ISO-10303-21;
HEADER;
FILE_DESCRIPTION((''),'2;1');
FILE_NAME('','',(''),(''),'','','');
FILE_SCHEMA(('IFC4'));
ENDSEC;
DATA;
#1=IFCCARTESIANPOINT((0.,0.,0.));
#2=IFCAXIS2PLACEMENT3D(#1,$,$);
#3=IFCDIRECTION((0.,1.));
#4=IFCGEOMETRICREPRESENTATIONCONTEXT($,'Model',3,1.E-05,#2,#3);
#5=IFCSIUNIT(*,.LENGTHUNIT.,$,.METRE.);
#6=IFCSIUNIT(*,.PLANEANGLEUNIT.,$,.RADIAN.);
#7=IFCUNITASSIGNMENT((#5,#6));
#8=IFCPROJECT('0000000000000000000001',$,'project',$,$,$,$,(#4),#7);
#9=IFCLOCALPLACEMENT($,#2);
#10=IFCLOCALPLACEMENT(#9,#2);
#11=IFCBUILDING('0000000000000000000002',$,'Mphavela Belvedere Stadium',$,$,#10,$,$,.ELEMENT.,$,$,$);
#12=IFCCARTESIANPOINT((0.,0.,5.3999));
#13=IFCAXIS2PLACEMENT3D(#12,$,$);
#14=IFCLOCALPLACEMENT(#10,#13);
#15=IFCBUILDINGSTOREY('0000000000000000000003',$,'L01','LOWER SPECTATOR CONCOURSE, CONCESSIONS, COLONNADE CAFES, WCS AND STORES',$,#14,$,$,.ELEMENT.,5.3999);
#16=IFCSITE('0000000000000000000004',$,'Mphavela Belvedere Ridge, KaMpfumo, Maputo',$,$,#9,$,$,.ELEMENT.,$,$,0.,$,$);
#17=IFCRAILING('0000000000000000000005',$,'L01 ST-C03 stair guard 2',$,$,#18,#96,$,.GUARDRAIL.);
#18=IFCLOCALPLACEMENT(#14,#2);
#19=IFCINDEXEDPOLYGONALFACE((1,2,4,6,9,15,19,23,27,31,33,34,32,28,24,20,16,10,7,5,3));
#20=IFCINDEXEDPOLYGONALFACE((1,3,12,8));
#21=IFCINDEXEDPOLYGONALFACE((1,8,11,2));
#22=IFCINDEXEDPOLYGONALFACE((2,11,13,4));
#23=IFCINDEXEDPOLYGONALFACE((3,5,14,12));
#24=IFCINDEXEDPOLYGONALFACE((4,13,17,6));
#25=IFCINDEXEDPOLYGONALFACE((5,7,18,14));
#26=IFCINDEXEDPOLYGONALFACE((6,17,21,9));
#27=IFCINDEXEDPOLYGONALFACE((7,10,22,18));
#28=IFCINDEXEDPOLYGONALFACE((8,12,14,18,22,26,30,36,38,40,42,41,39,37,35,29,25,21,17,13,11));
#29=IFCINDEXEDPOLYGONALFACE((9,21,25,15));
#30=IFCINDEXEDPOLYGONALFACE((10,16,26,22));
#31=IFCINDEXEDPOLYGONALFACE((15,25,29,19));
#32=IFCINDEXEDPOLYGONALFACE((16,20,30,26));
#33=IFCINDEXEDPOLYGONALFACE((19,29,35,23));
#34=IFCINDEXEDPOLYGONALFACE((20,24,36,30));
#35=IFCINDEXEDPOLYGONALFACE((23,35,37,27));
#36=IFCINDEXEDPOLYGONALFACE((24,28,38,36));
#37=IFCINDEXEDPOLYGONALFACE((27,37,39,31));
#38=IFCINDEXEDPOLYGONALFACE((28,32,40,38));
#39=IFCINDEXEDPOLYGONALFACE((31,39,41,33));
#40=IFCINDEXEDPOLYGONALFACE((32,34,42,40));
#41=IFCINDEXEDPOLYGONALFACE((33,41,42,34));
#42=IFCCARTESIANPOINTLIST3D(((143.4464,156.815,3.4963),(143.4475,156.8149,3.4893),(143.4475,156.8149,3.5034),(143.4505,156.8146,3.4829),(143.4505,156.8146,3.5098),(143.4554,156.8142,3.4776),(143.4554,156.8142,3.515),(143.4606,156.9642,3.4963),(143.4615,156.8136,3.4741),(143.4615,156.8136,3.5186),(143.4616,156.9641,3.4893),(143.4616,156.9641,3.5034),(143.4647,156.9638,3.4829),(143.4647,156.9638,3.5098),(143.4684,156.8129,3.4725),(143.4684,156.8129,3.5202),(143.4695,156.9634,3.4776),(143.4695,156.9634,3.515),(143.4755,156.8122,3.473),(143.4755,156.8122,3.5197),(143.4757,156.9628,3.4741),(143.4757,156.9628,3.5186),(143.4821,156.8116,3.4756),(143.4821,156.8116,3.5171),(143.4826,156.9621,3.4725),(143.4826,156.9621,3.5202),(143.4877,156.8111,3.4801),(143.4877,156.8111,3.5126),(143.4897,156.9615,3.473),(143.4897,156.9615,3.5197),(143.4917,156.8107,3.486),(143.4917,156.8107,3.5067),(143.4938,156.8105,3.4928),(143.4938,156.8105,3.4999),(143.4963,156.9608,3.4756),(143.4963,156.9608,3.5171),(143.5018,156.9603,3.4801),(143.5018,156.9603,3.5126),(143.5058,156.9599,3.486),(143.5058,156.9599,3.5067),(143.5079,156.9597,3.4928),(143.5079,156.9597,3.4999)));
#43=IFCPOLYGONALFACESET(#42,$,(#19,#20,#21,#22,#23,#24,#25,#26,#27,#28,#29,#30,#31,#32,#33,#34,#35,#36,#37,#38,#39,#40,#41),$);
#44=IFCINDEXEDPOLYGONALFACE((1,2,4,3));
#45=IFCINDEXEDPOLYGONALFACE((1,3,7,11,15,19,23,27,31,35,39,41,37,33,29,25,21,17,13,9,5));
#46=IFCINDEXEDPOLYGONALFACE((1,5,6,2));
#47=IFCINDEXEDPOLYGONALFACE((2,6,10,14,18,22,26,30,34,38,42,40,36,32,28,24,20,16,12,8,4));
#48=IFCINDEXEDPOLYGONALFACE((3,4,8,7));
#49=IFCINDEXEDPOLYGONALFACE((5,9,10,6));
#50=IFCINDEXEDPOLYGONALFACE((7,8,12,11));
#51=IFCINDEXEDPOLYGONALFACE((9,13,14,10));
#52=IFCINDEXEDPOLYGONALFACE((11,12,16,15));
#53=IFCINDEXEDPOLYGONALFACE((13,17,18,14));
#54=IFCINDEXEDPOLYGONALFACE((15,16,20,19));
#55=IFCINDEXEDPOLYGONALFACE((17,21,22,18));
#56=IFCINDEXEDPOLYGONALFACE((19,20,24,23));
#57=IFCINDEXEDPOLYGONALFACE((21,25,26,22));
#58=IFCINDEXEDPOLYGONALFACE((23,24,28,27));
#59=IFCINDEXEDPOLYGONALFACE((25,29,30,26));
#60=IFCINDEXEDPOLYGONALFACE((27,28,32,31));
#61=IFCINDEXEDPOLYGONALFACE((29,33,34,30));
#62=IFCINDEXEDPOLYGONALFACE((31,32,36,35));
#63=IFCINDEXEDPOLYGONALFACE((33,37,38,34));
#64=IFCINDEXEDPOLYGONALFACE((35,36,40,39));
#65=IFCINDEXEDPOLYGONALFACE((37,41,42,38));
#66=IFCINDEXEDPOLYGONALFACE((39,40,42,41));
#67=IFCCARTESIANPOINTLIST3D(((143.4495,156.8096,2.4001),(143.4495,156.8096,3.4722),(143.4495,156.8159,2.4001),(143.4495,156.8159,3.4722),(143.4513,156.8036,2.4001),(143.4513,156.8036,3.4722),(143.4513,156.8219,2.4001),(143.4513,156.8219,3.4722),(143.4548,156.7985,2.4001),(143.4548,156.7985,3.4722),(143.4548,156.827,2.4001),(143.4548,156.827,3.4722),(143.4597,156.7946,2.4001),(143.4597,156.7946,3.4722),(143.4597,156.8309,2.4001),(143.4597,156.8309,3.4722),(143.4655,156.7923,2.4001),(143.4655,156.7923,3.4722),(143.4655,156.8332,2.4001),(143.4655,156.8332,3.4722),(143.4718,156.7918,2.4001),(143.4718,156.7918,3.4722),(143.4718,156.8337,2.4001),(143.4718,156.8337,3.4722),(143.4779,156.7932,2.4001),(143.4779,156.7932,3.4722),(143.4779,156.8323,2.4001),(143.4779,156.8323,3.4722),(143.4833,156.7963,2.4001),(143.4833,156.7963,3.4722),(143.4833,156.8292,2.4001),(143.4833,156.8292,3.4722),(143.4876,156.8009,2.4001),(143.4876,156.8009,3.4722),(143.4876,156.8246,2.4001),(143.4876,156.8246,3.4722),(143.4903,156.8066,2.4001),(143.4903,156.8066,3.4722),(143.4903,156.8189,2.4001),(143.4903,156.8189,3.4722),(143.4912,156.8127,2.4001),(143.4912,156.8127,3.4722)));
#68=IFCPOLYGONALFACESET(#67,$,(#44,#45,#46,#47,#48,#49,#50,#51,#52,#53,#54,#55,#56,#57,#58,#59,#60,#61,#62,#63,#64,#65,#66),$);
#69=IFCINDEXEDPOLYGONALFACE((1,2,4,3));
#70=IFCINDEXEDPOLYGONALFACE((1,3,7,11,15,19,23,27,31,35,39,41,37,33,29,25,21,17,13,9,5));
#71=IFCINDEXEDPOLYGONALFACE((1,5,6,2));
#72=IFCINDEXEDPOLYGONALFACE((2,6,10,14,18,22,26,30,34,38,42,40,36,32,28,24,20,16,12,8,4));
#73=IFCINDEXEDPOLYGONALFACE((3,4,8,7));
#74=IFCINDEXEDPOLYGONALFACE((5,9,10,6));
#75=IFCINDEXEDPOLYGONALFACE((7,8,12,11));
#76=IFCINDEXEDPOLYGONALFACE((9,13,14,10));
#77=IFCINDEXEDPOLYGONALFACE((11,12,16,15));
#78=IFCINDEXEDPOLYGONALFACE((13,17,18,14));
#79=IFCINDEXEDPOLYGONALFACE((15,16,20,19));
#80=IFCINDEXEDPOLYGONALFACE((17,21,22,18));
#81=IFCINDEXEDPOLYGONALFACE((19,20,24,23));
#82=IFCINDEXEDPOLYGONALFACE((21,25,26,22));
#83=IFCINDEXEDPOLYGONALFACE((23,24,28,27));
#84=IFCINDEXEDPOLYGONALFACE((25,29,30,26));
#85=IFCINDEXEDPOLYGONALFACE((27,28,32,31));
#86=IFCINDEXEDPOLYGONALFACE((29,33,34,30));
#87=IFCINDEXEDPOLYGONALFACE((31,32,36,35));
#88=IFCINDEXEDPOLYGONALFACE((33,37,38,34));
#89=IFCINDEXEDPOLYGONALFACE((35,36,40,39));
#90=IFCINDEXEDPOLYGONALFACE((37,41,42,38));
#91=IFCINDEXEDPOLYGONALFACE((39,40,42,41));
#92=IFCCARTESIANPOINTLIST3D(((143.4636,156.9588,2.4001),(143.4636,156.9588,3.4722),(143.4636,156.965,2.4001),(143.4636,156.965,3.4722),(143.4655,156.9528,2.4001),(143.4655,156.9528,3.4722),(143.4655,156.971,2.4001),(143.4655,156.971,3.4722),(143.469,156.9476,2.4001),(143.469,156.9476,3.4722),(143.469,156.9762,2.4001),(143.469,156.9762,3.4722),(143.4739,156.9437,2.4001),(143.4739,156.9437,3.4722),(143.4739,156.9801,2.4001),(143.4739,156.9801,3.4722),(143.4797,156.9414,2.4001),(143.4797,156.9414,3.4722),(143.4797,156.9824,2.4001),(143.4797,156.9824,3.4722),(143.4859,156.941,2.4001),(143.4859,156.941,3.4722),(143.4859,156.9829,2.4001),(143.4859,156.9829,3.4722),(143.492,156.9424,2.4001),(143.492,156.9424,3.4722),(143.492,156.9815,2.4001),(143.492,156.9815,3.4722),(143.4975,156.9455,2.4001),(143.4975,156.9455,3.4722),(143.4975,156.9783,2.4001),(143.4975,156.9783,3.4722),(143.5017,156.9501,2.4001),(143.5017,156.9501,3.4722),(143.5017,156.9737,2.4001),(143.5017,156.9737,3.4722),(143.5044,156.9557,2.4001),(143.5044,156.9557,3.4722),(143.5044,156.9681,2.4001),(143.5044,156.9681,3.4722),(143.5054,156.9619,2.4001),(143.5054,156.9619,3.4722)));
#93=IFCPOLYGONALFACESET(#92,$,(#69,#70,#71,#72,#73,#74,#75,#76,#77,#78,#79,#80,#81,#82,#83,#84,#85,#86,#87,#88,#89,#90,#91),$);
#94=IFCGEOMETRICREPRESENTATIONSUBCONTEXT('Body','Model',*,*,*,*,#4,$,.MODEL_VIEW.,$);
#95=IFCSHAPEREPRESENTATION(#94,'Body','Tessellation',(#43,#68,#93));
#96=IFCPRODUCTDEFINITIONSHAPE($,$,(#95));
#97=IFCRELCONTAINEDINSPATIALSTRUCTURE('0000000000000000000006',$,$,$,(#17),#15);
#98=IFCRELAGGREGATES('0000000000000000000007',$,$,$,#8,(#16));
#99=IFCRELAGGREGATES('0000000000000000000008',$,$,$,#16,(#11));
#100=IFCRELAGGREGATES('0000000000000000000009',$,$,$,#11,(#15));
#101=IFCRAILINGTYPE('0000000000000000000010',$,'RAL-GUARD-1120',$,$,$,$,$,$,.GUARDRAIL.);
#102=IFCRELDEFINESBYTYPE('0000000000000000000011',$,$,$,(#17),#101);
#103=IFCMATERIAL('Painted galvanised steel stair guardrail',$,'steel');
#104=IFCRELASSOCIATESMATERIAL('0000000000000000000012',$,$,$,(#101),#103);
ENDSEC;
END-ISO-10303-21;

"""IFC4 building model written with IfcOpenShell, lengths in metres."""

from ifc_helpers import new_model, si_unit, direction, frame, origin, origin_2d, place, context, subcontext, project, spatial, circle, extrude, material, type_object, element, save


model = new_model("IFC4")

# Units and contexts
model_context = context("Model", 3, precision=1e-05, world=origin(), true_north=direction((0.0, 1.0)))
body_context = subcontext(model_context, "Body", "Model", "MODEL_VIEW")
ifc_project = project(units=[si_unit("LENGTHUNIT", "METRE"), si_unit("PLANEANGLEUNIT", "RADIAN")], contexts=[model_context])

# Site, building, storey
site_placement = place(None, origin())
site = spatial("IfcSite", under=ifc_project, at=site_placement, Name="Mphavela Belvedere Ridge, KaMpfumo, Maputo", CompositionType="ELEMENT", RefElevation=0.0)
building_placement = place(site_placement, origin())
building = spatial("IfcBuilding", under=site, at=building_placement, Name="Mphavela Belvedere Stadium", CompositionType="ELEMENT")
storey_placement = place(building_placement, frame((0.0, 0.0, 5.3999)))
storey = spatial("IfcBuildingStorey", under=building, at=storey_placement, Name="L01", Description="LOWER SPECTATOR CONCOURSE, CONCESSIONS, COLONNADE CAFES, WCS AND STORES", CompositionType="ELEMENT", Elevation=5.3999)

# Railing
ifc_material_1 = material(Name="Painted galvanised steel stair guardrail", Category="steel")
railing_type_1 = type_object("IfcRailingType", Name="RAL-GUARD-1120", PredefinedType="GUARDRAIL", material=ifc_material_1)
railing_1_placement = place(storey_placement, frame((143.4702, 156.8127, 2.4001)))
element("IfcRailing", 1, at=railing_1_placement, inside=storey, type_object=railing_type_1, Name="L01 ST-C03 stair guard 2", PredefinedType="GUARDRAIL", context=body_context, shape_type="SweptSolid", body=[
    extrude(circle(Radius=0.0239, at=origin_2d()), frame((0.0, 0.0, 1.0962), z_axis=(0.094502, 0.995525, 0.0), x_axis=(-0.995525, 0.094502, 0.0)), (0.0, 0.0, 1.0), 0.1499),
    extrude(circle(Radius=0.021, at=origin_2d()), origin(), (0.0, 0.0, 1.0), 1.072),
    extrude(circle(Radius=0.021, at=origin_2d()), frame((0.0142, 0.1492, 0.0)), (0.0, 0.0, 1.0), 1.072),
])

save(model, "model.ifc")
